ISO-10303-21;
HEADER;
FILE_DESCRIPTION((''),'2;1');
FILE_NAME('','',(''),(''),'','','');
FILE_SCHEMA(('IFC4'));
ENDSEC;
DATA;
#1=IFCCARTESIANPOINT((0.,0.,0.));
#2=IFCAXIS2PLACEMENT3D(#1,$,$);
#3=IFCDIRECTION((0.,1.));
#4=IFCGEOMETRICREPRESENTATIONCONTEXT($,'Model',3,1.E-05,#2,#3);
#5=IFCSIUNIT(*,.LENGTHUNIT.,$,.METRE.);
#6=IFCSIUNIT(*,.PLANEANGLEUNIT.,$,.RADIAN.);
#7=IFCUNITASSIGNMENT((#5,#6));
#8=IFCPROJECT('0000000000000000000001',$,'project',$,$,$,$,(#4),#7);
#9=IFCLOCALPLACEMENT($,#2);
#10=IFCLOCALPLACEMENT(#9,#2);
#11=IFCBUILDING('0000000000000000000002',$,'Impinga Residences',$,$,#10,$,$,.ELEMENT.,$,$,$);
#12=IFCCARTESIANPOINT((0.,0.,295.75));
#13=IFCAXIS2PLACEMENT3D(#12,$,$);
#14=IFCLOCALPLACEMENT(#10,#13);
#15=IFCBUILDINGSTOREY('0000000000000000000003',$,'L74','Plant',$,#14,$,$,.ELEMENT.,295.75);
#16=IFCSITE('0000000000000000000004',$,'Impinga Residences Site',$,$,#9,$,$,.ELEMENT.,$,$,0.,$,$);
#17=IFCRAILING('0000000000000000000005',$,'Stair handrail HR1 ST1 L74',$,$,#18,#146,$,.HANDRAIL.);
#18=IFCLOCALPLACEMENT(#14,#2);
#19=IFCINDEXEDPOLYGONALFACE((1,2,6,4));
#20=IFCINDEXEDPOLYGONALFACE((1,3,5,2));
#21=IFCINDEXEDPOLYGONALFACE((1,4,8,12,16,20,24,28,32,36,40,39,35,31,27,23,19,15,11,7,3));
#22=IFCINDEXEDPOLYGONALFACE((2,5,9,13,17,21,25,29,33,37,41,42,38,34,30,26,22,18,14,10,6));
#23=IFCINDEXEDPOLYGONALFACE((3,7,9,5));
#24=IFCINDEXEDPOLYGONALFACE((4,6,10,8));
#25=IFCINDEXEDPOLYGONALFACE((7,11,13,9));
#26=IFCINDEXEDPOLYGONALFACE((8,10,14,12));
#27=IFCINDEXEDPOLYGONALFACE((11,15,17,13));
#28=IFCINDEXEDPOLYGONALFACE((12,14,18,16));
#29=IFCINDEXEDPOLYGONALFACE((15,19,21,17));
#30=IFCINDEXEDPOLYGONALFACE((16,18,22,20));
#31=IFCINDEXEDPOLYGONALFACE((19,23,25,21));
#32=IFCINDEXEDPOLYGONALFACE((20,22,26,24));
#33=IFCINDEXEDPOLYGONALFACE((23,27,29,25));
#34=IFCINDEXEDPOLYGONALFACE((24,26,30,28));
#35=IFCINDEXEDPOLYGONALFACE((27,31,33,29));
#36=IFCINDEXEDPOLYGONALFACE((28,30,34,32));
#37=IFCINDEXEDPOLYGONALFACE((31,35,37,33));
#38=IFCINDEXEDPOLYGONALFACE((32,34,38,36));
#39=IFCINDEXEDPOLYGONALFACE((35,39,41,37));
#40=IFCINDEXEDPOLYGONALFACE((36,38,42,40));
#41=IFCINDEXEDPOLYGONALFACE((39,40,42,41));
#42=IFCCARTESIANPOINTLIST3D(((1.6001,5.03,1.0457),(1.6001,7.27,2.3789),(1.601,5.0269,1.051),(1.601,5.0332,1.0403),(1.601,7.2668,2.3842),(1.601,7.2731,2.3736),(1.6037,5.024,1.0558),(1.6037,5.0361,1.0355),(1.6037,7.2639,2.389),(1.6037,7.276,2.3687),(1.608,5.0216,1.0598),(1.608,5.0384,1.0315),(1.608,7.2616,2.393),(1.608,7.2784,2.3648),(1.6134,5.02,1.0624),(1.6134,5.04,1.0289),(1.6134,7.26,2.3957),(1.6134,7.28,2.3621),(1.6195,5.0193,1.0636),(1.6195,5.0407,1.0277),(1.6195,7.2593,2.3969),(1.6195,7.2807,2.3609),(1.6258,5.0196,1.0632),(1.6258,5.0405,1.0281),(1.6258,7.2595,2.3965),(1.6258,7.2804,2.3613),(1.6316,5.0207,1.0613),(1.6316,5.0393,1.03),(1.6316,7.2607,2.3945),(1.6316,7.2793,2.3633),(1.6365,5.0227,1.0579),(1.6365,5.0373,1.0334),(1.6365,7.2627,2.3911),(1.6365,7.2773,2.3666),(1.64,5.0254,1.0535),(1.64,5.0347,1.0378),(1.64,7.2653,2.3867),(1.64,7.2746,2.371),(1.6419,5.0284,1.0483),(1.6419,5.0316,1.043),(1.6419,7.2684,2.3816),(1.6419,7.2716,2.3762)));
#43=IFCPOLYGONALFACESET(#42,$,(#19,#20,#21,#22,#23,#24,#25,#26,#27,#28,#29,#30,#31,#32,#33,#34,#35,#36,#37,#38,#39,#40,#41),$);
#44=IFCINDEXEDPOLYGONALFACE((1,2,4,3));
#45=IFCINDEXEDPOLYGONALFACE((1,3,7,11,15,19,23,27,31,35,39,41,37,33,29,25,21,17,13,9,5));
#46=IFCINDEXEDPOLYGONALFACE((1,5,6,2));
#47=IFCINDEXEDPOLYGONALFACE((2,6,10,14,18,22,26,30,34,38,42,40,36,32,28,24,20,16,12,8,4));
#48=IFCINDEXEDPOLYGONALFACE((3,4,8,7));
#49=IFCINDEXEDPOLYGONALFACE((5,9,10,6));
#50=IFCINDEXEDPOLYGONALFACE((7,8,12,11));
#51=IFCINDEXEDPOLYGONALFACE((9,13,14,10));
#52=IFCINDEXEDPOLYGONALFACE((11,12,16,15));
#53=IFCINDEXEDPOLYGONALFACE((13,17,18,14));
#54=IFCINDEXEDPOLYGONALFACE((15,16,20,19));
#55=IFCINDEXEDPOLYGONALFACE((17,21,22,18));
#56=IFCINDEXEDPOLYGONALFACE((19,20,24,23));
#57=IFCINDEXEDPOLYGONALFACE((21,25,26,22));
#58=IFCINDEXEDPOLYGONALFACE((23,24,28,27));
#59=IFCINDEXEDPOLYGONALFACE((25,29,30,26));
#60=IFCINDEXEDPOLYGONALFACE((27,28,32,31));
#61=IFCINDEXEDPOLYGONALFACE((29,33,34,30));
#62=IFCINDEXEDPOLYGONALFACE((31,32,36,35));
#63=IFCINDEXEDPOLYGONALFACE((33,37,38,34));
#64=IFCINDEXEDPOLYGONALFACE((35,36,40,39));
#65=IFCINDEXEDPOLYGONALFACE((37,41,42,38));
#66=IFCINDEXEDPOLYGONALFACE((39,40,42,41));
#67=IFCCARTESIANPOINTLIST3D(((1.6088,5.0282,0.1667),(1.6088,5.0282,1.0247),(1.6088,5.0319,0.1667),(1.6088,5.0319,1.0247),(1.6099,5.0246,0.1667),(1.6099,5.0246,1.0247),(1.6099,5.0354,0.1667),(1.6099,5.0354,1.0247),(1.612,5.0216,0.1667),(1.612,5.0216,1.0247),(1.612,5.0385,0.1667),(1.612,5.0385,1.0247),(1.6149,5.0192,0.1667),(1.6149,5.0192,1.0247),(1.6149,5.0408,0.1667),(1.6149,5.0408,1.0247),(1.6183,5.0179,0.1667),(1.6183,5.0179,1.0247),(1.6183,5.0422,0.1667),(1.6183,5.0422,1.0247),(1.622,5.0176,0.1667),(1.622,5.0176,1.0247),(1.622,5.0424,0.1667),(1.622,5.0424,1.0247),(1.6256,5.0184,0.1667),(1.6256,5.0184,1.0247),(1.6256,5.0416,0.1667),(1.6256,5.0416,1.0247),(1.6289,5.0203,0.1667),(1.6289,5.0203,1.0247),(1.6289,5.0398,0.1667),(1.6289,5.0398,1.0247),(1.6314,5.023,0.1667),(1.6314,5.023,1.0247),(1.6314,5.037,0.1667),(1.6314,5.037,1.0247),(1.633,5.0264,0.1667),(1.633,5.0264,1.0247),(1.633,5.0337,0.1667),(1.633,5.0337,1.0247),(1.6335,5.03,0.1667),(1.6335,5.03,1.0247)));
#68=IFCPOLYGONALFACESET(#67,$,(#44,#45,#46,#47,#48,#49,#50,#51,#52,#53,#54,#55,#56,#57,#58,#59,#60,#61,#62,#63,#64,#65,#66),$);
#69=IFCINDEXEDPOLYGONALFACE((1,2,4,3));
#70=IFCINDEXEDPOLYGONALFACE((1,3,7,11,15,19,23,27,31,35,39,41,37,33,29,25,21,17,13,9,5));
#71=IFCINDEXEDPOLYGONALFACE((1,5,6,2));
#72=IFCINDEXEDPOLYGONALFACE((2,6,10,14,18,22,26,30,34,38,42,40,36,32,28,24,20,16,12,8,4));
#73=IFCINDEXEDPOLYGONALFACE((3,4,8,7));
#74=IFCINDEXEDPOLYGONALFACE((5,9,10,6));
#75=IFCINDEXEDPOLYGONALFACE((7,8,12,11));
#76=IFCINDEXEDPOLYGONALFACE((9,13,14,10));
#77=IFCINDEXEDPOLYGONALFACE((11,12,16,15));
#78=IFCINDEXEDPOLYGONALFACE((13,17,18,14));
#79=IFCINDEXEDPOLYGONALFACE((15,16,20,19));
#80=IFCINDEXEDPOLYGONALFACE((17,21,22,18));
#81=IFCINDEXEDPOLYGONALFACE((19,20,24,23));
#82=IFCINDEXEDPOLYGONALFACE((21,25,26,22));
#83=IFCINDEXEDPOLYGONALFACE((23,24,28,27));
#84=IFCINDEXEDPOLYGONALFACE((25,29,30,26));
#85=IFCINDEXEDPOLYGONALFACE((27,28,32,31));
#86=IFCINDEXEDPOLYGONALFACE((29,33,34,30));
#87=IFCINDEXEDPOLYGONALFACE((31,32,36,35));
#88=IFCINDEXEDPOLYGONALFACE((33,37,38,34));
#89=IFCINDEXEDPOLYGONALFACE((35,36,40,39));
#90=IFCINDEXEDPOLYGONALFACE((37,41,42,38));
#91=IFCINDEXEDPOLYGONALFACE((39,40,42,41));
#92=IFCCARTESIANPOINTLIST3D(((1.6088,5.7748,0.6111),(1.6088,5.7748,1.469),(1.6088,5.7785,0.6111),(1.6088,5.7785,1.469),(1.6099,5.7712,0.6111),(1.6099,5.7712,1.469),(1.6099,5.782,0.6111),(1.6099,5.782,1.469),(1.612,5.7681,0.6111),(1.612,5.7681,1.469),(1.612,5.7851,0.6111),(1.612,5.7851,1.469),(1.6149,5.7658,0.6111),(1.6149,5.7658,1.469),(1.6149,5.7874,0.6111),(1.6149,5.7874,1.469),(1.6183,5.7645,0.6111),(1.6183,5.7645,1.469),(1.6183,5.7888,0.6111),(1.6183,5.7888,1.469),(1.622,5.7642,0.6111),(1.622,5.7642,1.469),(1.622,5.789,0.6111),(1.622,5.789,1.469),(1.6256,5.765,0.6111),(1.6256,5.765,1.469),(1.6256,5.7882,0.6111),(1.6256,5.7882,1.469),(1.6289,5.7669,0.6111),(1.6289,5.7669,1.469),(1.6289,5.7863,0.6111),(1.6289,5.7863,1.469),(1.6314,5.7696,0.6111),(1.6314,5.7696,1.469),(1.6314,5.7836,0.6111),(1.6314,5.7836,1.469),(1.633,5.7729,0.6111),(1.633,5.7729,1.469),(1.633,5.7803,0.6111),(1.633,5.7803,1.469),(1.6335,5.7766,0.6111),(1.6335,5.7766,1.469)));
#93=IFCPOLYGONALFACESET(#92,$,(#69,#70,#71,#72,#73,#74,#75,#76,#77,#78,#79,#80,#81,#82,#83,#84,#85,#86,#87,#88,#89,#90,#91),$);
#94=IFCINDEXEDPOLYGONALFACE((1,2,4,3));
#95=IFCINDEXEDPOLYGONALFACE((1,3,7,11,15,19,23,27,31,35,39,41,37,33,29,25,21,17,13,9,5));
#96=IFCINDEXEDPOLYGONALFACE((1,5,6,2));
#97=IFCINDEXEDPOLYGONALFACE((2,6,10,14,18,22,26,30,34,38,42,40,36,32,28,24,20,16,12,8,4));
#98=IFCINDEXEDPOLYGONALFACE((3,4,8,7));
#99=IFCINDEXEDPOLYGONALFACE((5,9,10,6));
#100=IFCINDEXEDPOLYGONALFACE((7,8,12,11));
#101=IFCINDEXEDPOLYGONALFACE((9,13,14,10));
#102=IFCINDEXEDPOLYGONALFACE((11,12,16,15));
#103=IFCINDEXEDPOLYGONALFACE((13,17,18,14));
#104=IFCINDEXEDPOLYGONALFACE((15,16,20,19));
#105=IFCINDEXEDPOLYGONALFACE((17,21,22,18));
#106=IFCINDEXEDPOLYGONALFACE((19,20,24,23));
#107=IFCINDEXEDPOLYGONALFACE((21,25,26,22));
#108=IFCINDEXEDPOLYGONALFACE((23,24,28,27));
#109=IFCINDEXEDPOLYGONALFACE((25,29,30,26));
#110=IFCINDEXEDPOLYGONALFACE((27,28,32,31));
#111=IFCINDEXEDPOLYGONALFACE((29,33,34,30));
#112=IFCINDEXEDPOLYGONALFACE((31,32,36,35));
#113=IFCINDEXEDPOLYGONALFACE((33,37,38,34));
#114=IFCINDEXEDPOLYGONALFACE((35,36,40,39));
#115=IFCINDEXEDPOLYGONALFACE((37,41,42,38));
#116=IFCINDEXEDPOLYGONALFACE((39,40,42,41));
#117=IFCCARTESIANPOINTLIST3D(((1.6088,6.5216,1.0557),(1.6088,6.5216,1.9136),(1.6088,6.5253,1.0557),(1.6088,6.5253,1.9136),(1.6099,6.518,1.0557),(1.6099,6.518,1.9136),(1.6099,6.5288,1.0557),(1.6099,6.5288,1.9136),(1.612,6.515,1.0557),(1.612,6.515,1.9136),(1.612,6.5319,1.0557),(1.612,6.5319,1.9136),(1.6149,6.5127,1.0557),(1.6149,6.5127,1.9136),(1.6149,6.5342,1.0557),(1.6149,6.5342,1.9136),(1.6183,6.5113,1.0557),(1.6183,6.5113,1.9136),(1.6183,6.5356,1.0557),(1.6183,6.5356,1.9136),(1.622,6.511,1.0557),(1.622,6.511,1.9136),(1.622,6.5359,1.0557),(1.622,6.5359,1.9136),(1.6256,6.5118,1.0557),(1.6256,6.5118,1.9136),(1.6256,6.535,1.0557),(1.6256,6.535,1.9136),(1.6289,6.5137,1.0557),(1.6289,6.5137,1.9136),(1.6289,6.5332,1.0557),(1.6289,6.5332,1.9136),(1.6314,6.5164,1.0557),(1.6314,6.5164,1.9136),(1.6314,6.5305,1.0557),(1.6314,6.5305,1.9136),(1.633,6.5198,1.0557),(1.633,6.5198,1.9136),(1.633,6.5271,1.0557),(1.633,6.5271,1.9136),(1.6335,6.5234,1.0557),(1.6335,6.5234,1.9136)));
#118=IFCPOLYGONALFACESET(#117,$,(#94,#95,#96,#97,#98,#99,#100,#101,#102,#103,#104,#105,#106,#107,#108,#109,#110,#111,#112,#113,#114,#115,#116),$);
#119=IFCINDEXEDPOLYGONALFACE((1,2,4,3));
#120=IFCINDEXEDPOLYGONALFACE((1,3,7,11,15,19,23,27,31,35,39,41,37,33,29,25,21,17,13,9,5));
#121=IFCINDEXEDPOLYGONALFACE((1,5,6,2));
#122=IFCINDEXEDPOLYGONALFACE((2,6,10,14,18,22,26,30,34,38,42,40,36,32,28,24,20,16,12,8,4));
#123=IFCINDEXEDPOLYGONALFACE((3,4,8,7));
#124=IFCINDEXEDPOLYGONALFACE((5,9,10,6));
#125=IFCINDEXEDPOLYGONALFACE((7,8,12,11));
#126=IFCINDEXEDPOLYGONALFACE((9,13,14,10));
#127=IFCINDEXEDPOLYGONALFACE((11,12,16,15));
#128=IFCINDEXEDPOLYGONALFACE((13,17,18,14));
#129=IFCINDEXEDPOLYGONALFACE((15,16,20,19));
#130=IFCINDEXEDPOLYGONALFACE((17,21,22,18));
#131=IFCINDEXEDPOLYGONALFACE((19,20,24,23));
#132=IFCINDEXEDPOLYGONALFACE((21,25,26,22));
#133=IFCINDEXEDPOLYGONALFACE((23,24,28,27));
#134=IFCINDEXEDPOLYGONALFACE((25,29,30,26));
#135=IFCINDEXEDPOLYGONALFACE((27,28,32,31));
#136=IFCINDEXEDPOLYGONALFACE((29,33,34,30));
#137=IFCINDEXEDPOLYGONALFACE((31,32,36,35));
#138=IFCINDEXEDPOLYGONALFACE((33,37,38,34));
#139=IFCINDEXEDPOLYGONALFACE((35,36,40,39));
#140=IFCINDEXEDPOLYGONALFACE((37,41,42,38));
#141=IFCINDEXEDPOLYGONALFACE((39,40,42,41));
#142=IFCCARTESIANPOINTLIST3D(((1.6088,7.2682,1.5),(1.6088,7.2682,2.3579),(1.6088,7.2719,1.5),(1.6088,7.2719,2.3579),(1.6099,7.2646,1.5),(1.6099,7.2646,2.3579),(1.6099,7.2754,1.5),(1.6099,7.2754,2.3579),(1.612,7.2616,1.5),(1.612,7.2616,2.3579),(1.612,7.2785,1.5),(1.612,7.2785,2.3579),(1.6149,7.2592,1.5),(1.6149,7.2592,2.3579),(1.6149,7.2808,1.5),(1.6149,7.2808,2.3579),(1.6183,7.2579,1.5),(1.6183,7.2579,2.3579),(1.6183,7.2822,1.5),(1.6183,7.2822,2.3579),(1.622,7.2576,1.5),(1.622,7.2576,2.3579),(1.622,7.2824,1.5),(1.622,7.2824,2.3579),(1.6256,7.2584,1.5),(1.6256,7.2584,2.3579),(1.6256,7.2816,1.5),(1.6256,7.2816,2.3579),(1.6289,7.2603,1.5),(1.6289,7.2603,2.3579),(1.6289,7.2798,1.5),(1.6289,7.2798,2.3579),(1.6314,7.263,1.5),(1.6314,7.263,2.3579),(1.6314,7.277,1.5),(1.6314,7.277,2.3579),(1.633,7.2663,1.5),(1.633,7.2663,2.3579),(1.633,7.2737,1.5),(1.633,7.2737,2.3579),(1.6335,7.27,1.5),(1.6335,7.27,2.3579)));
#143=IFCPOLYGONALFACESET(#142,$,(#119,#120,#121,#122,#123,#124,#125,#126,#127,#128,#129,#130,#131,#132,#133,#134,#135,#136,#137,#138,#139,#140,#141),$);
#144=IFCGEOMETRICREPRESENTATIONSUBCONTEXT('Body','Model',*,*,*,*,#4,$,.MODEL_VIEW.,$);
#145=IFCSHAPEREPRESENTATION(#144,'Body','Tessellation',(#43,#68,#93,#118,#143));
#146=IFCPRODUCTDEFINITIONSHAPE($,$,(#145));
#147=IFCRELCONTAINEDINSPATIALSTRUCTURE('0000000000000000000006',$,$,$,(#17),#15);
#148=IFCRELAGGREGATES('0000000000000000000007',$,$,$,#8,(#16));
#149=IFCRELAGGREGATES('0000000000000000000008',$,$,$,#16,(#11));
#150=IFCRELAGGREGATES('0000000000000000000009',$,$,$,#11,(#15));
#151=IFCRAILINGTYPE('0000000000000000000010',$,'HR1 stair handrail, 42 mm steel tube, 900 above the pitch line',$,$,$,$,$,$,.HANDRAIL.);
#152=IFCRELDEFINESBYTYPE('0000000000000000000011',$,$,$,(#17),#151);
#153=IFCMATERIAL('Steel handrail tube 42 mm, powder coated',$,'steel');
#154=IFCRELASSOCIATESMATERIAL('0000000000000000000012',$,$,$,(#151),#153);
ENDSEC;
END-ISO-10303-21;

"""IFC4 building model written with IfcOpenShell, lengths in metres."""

from ifc_helpers import new_model, si_unit, direction, frame, origin, origin_2d, place, context, subcontext, project, spatial, circle, extrude, material, type_object, element, save


model = new_model("IFC4")

# Units and contexts
model_context = context("Model", 3, precision=1e-05, world=origin(), true_north=direction((0.0, 1.0)))
body_context = subcontext(model_context, "Body", "Model", "MODEL_VIEW")
ifc_project = project(units=[si_unit("LENGTHUNIT", "METRE"), si_unit("PLANEANGLEUNIT", "RADIAN")], contexts=[model_context])

# Site, building, storey
site_placement = place(None, origin())
site = spatial("IfcSite", under=ifc_project, at=site_placement, Name="Impinga Residences Site", CompositionType="ELEMENT", RefElevation=0.0)
building_placement = place(site_placement, origin())
building = spatial("IfcBuilding", under=site, at=building_placement, Name="Impinga Residences", CompositionType="ELEMENT")
storey_placement = place(building_placement, frame((0.0, 0.0, 295.75)))
storey = spatial("IfcBuildingStorey", under=building, at=storey_placement, Name="L74", Description="Plant", CompositionType="ELEMENT", Elevation=295.75)

# Railing
ifc_material_1 = material(Name="Steel handrail tube 42 mm, powder coated", Category="steel")
railing_type_1 = type_object("IfcRailingType", Name="HR1 stair handrail, 42 mm steel tube, 900 above the pitch line", PredefinedType="HANDRAIL", material=ifc_material_1)
railing_1_placement = place(storey_placement, frame((1.6211, 5.03, 0.1667)))
element("IfcRailing", 1, at=railing_1_placement, inside=storey, type_object=railing_type_1, Name="Stair handrail HR1 ST1 L74", PredefinedType="HANDRAIL", context=body_context, shape_type="SweptSolid", body=[
    extrude(circle(Radius=0.021, at=origin_2d()), frame((0.0, 0.0, 0.8789), z_axis=(0.0, 0.859306, 0.511462), x_axis=(-1.0, 0.0, 0.0)), (0.0, 0.0, 1.0), 2.6067),
    extrude(circle(Radius=0.0125, at=origin_2d()), origin(), (0.0, 0.0, 1.0), 0.8579),
    extrude(circle(Radius=0.0125, at=origin_2d()), frame((0.0, 0.7466, 0.4443)), (0.0, 0.0, 1.0), 0.8579),
    extrude(circle(Radius=0.0125, at=origin_2d()), frame((0.0, 1.4934, 0.8889)), (0.0, 0.0, 1.0), 0.8579),
    extrude(circle(Radius=0.0125, at=origin_2d()), frame((0.0, 2.24, 1.3333)), (0.0, 0.0, 1.0), 0.8579),
])

save(model, "model.ifc")
